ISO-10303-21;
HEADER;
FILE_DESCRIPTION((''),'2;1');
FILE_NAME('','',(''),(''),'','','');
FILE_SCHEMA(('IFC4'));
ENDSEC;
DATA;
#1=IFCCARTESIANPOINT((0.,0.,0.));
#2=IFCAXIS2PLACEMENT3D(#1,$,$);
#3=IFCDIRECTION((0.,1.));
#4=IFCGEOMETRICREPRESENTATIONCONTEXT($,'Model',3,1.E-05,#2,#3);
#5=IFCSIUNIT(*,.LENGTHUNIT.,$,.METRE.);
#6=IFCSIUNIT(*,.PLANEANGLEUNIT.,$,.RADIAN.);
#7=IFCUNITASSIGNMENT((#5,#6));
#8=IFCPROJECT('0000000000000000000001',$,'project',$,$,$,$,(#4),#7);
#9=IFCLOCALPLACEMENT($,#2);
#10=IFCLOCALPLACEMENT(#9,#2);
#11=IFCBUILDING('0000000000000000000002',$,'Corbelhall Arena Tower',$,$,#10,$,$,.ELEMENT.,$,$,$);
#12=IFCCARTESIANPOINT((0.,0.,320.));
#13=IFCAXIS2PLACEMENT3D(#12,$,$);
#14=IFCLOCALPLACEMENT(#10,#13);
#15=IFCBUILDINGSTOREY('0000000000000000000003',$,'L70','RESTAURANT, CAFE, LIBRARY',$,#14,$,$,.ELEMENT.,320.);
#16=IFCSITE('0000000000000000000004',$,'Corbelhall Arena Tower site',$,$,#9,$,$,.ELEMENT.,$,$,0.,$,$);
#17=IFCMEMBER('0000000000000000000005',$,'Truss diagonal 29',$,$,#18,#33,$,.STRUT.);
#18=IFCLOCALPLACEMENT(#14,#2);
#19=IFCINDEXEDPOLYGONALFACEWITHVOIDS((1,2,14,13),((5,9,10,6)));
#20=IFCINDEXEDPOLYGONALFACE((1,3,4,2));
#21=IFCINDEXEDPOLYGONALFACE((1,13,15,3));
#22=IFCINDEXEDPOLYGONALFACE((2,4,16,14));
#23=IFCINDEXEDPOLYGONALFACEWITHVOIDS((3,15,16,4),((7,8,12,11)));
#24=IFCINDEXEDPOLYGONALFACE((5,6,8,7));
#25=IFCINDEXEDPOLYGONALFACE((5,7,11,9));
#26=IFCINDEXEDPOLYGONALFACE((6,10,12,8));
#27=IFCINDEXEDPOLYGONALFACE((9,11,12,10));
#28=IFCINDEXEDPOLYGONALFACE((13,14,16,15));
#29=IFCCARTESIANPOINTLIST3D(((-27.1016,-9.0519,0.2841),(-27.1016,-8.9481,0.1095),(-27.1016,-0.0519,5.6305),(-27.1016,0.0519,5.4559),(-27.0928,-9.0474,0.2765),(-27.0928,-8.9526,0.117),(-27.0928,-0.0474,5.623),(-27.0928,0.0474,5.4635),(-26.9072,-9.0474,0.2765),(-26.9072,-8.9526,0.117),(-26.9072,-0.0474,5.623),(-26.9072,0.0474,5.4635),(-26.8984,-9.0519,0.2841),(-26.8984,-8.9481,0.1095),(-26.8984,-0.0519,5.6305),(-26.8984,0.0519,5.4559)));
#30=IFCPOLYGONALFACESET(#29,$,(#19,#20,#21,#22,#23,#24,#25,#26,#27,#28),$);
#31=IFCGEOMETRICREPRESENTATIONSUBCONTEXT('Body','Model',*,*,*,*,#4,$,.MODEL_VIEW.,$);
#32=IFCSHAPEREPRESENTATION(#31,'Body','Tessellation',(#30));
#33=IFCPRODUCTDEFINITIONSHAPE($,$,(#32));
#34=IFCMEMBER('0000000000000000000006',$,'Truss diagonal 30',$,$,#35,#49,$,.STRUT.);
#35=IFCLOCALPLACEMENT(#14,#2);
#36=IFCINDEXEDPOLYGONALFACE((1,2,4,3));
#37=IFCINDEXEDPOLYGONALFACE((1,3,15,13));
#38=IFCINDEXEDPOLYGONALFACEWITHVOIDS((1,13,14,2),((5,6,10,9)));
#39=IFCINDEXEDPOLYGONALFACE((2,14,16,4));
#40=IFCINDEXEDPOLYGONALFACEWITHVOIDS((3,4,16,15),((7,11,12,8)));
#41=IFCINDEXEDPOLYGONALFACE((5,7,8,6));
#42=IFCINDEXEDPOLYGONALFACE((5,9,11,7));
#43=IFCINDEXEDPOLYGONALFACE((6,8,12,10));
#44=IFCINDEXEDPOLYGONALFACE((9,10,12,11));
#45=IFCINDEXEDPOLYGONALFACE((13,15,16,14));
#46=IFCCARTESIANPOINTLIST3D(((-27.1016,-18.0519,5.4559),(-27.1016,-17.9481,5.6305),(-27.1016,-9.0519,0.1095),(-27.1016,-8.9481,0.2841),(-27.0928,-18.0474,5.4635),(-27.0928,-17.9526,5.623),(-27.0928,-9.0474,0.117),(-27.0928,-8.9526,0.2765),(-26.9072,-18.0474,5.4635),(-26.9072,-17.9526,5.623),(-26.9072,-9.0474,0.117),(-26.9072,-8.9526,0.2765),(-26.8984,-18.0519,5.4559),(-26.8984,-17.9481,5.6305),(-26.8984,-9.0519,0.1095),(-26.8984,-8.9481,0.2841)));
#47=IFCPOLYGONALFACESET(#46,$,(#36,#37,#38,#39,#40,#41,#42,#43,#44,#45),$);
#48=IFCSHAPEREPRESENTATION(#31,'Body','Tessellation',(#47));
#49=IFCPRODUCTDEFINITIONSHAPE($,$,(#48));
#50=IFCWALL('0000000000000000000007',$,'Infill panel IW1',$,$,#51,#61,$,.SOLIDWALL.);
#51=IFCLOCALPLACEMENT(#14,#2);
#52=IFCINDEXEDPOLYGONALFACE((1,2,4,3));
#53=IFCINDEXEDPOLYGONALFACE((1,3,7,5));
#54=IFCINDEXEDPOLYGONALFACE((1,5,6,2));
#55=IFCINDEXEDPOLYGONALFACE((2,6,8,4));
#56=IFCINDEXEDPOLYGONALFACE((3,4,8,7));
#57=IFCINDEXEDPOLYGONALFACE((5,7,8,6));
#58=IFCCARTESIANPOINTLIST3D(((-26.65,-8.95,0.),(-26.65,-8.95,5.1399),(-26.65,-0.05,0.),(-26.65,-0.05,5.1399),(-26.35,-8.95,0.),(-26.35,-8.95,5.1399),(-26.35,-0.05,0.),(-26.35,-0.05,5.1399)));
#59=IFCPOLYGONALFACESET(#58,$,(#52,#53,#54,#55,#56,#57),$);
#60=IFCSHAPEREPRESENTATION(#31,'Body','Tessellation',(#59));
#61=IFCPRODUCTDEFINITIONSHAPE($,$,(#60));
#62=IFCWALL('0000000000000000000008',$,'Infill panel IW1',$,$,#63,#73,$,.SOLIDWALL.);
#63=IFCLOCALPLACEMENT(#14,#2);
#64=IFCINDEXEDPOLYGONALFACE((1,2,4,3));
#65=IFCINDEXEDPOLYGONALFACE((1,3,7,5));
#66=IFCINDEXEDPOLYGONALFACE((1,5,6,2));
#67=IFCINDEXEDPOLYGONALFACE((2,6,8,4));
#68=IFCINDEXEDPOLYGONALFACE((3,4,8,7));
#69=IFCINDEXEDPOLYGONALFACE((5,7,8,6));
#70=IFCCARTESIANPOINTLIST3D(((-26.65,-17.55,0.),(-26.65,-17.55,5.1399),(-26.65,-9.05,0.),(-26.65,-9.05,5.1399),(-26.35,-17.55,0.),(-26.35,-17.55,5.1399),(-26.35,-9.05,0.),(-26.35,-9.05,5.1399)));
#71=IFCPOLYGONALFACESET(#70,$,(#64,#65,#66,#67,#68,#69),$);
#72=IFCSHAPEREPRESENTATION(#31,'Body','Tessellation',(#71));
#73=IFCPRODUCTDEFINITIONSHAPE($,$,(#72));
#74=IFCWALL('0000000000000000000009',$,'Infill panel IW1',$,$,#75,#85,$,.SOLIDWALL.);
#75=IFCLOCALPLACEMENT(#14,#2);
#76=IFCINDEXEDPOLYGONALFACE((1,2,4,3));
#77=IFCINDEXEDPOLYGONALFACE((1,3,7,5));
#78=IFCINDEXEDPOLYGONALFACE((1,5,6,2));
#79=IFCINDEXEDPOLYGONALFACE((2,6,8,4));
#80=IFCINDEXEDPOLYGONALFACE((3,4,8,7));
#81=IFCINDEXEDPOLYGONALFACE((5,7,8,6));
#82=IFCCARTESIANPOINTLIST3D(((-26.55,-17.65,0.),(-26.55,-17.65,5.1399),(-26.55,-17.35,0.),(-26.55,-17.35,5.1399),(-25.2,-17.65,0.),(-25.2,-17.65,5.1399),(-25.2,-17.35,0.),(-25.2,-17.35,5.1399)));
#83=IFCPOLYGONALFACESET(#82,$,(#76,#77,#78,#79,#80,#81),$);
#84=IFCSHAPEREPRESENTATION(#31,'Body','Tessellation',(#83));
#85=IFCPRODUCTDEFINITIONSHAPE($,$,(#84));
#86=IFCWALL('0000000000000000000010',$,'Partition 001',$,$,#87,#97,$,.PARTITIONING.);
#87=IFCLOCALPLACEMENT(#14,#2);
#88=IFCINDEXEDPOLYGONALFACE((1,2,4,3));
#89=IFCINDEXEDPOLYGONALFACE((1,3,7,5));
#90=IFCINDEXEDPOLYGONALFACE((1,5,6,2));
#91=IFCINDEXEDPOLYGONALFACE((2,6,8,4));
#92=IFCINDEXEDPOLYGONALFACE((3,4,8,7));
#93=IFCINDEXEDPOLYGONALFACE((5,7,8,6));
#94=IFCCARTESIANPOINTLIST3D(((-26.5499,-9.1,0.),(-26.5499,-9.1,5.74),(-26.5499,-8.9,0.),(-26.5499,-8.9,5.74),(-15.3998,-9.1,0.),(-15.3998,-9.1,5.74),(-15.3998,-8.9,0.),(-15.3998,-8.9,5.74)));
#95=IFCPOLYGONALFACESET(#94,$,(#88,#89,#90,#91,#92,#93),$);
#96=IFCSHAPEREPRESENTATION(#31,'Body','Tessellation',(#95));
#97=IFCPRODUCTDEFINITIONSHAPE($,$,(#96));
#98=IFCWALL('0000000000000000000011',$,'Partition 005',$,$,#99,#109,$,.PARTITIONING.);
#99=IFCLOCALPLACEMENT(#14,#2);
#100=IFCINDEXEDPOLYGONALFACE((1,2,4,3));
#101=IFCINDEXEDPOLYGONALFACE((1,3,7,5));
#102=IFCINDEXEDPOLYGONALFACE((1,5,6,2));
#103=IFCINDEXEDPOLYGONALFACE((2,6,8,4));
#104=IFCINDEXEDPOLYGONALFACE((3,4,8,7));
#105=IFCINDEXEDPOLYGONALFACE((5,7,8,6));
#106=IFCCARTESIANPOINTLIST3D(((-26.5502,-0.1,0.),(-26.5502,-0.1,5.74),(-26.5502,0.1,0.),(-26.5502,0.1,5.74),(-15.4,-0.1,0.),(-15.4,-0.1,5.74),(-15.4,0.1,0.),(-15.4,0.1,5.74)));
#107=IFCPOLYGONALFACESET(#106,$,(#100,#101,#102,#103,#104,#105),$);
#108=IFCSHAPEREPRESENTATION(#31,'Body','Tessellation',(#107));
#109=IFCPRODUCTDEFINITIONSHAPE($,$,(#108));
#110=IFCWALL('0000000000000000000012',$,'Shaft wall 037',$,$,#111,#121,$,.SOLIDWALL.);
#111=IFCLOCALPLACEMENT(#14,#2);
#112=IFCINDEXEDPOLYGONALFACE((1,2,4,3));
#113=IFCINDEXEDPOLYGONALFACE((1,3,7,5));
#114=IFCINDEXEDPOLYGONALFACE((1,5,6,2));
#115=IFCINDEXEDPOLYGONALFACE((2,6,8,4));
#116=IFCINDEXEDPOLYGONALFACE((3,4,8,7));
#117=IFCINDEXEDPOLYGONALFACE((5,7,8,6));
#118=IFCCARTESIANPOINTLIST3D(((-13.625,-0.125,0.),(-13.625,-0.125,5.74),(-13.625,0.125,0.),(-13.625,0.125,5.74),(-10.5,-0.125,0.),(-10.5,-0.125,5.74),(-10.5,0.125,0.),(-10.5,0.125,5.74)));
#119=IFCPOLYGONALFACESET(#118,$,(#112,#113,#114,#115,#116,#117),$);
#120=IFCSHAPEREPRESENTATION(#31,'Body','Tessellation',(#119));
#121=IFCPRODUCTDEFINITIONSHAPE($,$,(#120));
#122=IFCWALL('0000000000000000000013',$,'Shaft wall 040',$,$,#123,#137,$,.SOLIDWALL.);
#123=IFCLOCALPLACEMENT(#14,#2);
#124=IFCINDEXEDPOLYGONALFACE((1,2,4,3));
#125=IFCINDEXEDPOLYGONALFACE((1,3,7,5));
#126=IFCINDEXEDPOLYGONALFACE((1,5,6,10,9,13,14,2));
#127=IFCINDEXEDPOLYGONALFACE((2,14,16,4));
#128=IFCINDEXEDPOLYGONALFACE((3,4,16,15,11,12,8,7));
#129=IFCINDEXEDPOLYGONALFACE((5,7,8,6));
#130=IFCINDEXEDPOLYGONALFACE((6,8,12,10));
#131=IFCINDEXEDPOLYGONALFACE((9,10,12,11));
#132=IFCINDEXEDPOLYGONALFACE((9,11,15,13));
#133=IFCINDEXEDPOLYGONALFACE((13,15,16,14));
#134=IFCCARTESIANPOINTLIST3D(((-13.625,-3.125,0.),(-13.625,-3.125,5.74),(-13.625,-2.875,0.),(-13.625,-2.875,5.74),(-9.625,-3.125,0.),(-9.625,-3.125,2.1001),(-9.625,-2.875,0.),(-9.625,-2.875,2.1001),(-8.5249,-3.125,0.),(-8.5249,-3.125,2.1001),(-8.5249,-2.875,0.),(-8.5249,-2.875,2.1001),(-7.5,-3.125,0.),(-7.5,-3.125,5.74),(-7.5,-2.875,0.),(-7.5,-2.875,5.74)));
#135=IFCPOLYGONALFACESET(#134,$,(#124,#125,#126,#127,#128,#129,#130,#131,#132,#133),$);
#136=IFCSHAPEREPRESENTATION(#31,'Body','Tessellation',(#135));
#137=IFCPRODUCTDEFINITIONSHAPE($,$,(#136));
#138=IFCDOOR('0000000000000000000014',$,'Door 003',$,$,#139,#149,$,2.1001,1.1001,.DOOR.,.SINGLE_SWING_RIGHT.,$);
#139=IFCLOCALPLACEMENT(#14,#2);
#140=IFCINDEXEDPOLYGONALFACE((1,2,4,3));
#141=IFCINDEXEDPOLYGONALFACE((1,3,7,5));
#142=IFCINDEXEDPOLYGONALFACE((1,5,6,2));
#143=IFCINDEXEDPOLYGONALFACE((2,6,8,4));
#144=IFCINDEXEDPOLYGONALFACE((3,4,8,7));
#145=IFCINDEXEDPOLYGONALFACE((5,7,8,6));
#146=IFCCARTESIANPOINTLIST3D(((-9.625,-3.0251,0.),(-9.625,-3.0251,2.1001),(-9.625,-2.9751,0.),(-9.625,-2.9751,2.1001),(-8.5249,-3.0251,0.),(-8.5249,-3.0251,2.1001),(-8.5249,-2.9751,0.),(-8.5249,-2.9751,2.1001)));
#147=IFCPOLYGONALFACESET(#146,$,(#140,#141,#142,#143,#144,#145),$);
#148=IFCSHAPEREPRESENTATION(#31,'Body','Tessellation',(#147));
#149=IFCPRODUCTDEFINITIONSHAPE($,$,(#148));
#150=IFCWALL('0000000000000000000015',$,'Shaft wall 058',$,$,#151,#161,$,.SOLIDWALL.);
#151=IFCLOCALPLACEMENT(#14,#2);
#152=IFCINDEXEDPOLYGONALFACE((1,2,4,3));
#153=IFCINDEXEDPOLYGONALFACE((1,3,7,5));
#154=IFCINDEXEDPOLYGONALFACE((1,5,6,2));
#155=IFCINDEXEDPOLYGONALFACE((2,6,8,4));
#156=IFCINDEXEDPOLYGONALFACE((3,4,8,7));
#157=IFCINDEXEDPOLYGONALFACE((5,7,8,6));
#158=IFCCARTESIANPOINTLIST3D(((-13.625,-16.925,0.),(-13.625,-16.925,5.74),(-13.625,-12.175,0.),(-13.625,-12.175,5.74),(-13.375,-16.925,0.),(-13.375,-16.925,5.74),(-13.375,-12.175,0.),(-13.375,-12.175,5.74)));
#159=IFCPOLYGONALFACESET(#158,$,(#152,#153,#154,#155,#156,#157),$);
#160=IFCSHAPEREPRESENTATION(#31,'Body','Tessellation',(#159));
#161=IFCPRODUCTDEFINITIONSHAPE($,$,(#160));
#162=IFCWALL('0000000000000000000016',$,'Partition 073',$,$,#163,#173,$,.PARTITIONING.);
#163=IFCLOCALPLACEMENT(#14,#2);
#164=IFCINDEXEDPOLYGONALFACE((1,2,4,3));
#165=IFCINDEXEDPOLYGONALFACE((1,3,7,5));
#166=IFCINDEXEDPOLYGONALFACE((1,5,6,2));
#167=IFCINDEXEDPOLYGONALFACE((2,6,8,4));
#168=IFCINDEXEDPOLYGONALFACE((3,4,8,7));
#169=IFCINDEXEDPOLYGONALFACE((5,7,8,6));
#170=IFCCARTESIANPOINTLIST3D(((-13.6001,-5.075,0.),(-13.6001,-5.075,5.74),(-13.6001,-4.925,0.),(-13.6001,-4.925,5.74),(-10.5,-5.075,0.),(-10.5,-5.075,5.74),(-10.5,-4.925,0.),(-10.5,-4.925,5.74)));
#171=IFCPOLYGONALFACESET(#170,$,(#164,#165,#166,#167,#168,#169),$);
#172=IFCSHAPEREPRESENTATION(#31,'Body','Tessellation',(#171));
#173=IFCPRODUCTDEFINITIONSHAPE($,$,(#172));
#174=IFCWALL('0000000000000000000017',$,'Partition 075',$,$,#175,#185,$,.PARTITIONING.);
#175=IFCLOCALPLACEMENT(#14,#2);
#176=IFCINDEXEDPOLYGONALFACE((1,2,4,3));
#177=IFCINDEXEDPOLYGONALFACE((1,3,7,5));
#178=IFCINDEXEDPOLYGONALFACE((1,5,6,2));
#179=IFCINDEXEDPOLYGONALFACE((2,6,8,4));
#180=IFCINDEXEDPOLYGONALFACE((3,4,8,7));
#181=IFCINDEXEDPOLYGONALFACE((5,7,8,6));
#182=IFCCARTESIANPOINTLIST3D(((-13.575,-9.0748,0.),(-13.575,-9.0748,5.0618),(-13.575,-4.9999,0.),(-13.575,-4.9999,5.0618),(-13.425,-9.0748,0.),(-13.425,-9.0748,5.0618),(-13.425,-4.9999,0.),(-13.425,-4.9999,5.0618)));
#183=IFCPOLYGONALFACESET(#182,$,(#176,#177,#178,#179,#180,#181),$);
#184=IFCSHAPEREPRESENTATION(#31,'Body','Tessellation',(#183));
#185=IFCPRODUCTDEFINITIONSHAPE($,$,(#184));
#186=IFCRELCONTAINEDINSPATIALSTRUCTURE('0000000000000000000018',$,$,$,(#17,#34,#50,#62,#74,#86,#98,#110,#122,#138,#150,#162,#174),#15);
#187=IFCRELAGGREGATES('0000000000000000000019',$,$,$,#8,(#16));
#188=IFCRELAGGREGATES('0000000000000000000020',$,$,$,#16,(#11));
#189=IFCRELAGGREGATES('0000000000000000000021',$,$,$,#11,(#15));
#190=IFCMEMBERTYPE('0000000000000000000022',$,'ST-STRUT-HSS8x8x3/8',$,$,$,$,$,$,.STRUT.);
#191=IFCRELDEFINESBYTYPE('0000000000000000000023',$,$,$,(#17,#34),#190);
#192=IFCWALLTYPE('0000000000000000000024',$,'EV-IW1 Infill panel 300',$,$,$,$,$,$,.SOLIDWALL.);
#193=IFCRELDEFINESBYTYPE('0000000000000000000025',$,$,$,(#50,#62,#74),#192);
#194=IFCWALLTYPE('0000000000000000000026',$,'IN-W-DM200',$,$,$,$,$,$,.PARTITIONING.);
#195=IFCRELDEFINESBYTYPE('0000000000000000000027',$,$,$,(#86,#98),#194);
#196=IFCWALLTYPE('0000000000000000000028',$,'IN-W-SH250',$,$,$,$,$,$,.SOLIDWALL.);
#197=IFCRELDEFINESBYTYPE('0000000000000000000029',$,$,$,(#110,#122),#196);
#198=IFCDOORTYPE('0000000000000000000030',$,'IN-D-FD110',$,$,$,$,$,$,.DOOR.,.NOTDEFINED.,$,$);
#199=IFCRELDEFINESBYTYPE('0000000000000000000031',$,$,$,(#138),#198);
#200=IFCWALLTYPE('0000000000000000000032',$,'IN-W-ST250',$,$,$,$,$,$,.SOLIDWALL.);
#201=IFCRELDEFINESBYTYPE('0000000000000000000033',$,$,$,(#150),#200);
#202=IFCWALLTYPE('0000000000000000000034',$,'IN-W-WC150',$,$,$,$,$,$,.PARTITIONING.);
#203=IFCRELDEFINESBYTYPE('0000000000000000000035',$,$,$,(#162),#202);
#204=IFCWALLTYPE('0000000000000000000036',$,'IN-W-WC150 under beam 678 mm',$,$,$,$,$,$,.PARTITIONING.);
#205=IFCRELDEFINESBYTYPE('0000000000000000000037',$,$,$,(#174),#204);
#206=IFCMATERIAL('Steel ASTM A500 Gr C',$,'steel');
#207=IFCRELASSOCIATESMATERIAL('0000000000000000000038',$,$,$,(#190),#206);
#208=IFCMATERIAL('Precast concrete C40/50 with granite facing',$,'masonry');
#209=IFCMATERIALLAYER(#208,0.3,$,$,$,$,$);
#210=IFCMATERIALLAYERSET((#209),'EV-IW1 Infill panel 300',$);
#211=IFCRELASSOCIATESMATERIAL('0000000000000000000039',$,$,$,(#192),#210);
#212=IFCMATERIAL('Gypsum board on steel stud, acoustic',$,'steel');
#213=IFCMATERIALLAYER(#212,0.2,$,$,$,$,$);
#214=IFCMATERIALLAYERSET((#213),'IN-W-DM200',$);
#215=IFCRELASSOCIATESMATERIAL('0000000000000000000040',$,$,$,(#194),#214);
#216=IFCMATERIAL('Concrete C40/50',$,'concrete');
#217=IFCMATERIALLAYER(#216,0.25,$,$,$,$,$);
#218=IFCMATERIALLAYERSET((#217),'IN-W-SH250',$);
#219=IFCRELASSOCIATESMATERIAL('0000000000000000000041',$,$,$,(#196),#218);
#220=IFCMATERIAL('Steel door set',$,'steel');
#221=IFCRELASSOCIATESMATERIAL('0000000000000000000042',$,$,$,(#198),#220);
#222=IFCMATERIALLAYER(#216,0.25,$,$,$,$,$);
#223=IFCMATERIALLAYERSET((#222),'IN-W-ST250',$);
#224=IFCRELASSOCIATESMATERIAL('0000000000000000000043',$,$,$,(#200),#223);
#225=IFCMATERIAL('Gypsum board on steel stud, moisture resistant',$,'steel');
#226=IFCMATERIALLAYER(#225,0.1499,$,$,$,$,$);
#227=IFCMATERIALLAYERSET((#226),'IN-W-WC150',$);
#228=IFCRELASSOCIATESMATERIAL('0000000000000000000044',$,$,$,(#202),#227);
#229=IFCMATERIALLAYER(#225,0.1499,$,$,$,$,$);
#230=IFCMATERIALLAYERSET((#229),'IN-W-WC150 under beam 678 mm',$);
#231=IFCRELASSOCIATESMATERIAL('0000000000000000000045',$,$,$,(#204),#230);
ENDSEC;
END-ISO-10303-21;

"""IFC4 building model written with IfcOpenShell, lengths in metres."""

from ifc_helpers import new_model, si_unit, direction, frame, frame_2d, origin, origin_2d, place, context, subcontext, project, spatial, rectangle, hollow_rectangle, extrude, material, layer, layer_set, material_profile, profile_set, type_object, element, fill, save


model = new_model("IFC4")

# Units and contexts
model_context = context("Model", 3, precision=1e-05, world=origin(), true_north=direction((0.0, 1.0)))
body_context = subcontext(model_context, "Body", "Model", "MODEL_VIEW")
ifc_project = project(units=[si_unit("LENGTHUNIT", "METRE"), si_unit("PLANEANGLEUNIT", "RADIAN")], contexts=[model_context])

# Site, building, storey
site_placement = place(None, origin())
site = spatial("IfcSite", under=ifc_project, at=site_placement, Name="Corbelhall Arena Tower site", CompositionType="ELEMENT", RefElevation=0.0)
building_placement = place(site_placement, origin())
building = spatial("IfcBuilding", under=site, at=building_placement, Name="Corbelhall Arena Tower", CompositionType="ELEMENT")
storey_placement = place(building_placement, frame((0.0, 0.0, 320.0)))
storey = spatial("IfcBuildingStorey", under=building, at=storey_placement, Name="L70", Description="RESTAURANT, CAFE, LIBRARY", CompositionType="ELEMENT", Elevation=320.0)

# Members
ifc_material_1 = material(Name="Steel ASTM A500 Gr C", Category="steel")
ifc_material_profile_1 = material_profile(ifc_material_1, hollow_rectangle(XDim=0.2031, YDim=0.2031, WallThickness=0.0088, at=origin_2d()))
ifc_profile_set_1 = profile_set([ifc_material_profile_1], Name="Steel ASTM A500 Gr C")
member_type_1 = type_object("IfcMemberType", Name="ST-STRUT-HSS8x8x3/8", PredefinedType="STRUT", material=ifc_profile_set_1)
for number, where, z_axis, x_axis, name in (
    (1, (-27.0, -9.0, 0.1968), (0.0, 0.859742, 0.510728), (-1.0, 0.0, 0.0), "Truss diagonal 29"),
    (2, (-27.0, -9.0, 0.1968), (0.0, -0.859742, 0.510728), (1.0, 0.0, 0.0), "Truss diagonal 30"),
):
    element("IfcMember", number, at=place(storey_placement, frame(where, z_axis=z_axis, x_axis=x_axis)), inside=storey, type_object=member_type_1, Name=name, PredefinedType="STRUT", context=body_context, shape_type="SweptSolid", body=[
        extrude(hollow_rectangle(XDim=0.2031, YDim=0.2031, WallThickness=0.0088, at=origin_2d()), origin(), (0.0, 0.0, 1.0), 10.4683),
    ])

# Walls
ifc_material_2 = material(Name="Precast concrete C40/50 with granite facing", Category="masonry")
ifc_layer_1 = layer(ifc_material_2, 0.3)
ifc_layer_set_1 = layer_set([ifc_layer_1], Name="EV-IW1 Infill panel 300")
wall_type_1 = type_object("IfcWallType", Name="EV-IW1 Infill panel 300", PredefinedType="SOLIDWALL", material=ifc_layer_set_1)
wall_1_placement = place(storey_placement, frame((-26.5, -0.05, 0.0), z_axis=(0.0, 0.0, 1.0), x_axis=(0.0, -1.0, 0.0)))
element("IfcWall", 3, at=wall_1_placement, inside=storey, type_object=wall_type_1, Name="Infill panel IW1", PredefinedType="SOLIDWALL", context=body_context, shape_type="SweptSolid", body=[
    extrude(rectangle(XDim=8.8999, YDim=0.3, at=frame_2d((4.45, 0.0))), origin(), (0.0, 0.0, 1.0), 5.1399),
])
wall_2_placement = place(storey_placement, frame((-26.5, -9.05, 0.0), z_axis=(0.0, 0.0, 1.0), x_axis=(0.0, -1.0, 0.0)))
element("IfcWall", 4, at=wall_2_placement, inside=storey, type_object=wall_type_1, Name="Infill panel IW1", PredefinedType="SOLIDWALL", context=body_context, shape_type="SweptSolid", body=[
    extrude(rectangle(XDim=8.5, YDim=0.3, at=frame_2d((4.25, 0.0))), origin(), (0.0, 0.0, 1.0), 5.1399),
])
wall_3_placement = place(storey_placement, frame((-26.55, -17.5, 0.0), z_axis=(0.0, 0.0, 1.0), x_axis=(1.0, 0.0, 0.0)))
element("IfcWall", 5, at=wall_3_placement, inside=storey, type_object=wall_type_1, Name="Infill panel IW1", PredefinedType="SOLIDWALL", context=body_context, shape_type="SweptSolid", body=[
    extrude(rectangle(XDim=1.3501, YDim=0.3, at=frame_2d((0.675, 0.0))), origin(), (0.0, 0.0, 1.0), 5.1399),
])
ifc_material_3 = material(Name="Gypsum board on steel stud, acoustic", Category="steel")
ifc_layer_2 = layer(ifc_material_3, 0.2)
ifc_layer_set_2 = layer_set([ifc_layer_2], Name="IN-W-DM200")
wall_type_2 = type_object("IfcWallType", Name="IN-W-DM200", PredefinedType="PARTITIONING", material=ifc_layer_set_2)
for number, where, z_axis, x_axis, name in (
    (6, (-26.55, -9.0, 0.0), (0.0, 0.0, 1.0), (1.0, 0.0, 0.0), "Partition 001"),
    (7, (-15.3999, 0.0, 0.0), (0.0, 0.0, 1.0), (-1.0, 0.0, 0.0), "Partition 005"),
):
    element("IfcWall", number, at=place(storey_placement, frame(where, z_axis=z_axis, x_axis=x_axis)), inside=storey, type_object=wall_type_2, Name=name, PredefinedType="PARTITIONING", context=body_context, shape_type="SweptSolid", body=[
        extrude(rectangle(XDim=11.1501, YDim=0.2, at=frame_2d((5.5752, 0.0))), origin(), (0.0, 0.0, 1.0), 5.74),
    ])

# Shared definitions
ifc_material_4 = material(Name="Steel door set", Category="steel")

# Wall
ifc_material_5 = material(Name="Concrete C40/50", Category="concrete")
ifc_layer_3 = layer(ifc_material_5, 0.25)
ifc_layer_set_3 = layer_set([ifc_layer_3], Name="IN-W-SH250")
wall_type_3 = type_object("IfcWallType", Name="IN-W-SH250", PredefinedType="SOLIDWALL", material=ifc_layer_set_3)
wall_4_placement = place(storey_placement, frame((-13.625, 0.0, 0.0), z_axis=(0.0, 0.0, 1.0), x_axis=(1.0, 0.0, 0.0)))
element("IfcWall", 8, at=wall_4_placement, inside=storey, type_object=wall_type_3, Name="Shaft wall 037", PredefinedType="SOLIDWALL", context=body_context, shape_type="SweptSolid", body=[
    extrude(rectangle(XDim=3.125, YDim=0.25, at=frame_2d((1.5625, 0.0))), origin(), (0.0, 0.0, 1.0), 5.74),
])

# Wall, opening, door
wall_5_placement = place(storey_placement, frame((-13.625, -3.0, 0.0), z_axis=(0.0, 0.0, 1.0), x_axis=(1.0, 0.0, 0.0)))
wall_5 = element("IfcWall", 9, at=wall_5_placement, inside=storey, type_object=wall_type_3, Name="Shaft wall 040", PredefinedType="SOLIDWALL", context=body_context, shape_type="SweptSolid", body=[
    extrude(rectangle(XDim=6.125, YDim=0.25, at=frame_2d((3.0625, 0.0))), origin(), (0.0, 0.0, 1.0), 5.74),
])
opening_1_placement = place(wall_5_placement, frame((4.0, 0.0, 0.0)))
opening_1 = element("IfcOpeningElement", 10, at=opening_1_placement, cuts=wall_5, PredefinedType="OPENING", context=body_context, shape_type="SweptSolid", body=[
    extrude(rectangle(XDim=1.1001, YDim=2.1001, at=frame_2d((0.55, 1.05))), frame((0.0, 0.125, 0.0), z_axis=(0.0, -1.0, 0.0), x_axis=(1.0, 0.0, 0.0)), (0.0, 0.0, 1.0), 0.25),
])
door_type_1 = type_object("IfcDoorType", Name="IN-D-FD110", OperationType="NOTDEFINED", PredefinedType="DOOR", material=ifc_material_4)
door_1_placement = place(opening_1_placement, origin())
door_1 = element("IfcDoor", 11, at=door_1_placement, inside=storey, type_object=door_type_1, Name="Door 003", OperationType="SINGLE_SWING_RIGHT", OverallHeight=2.1001, OverallWidth=1.1001, PredefinedType="DOOR", context=body_context, shape_type="SweptSolid", body=[
    extrude(rectangle(XDim=1.1001, YDim=2.1001, at=frame_2d((0.55, 1.05))), frame((0.0, 0.0249, 0.0), z_axis=(0.0, -1.0, 0.0), x_axis=(1.0, 0.0, 0.0)), (0.0, 0.0, 1.0), 0.05),
])
fill(opening_1, door_1)

# Walls
ifc_layer_4 = layer(ifc_material_5, 0.25)
ifc_layer_set_4 = layer_set([ifc_layer_4], Name="IN-W-ST250")
wall_type_4 = type_object("IfcWallType", Name="IN-W-ST250", PredefinedType="SOLIDWALL", material=ifc_layer_set_4)
wall_6_placement = place(storey_placement, frame((-13.5, -12.175, 0.0), z_axis=(0.0, 0.0, 1.0), x_axis=(0.0, -1.0, 0.0)))
element("IfcWall", 12, at=wall_6_placement, inside=storey, type_object=wall_type_4, Name="Shaft wall 058", PredefinedType="SOLIDWALL", context=body_context, shape_type="SweptSolid", body=[
    extrude(rectangle(XDim=4.75, YDim=0.25, at=frame_2d((2.375, 0.0))), origin(), (0.0, 0.0, 1.0), 5.74),
])
ifc_material_6 = material(Name="Gypsum board on steel stud, moisture resistant", Category="steel")
ifc_layer_5 = layer(ifc_material_6, 0.1499)
ifc_layer_set_5 = layer_set([ifc_layer_5], Name="IN-W-WC150")
wall_type_5 = type_object("IfcWallType", Name="IN-W-WC150", PredefinedType="PARTITIONING", material=ifc_layer_set_5)
wall_7_placement = place(storey_placement, frame((-13.6001, -5.0, 0.0), z_axis=(0.0, 0.0, 1.0), x_axis=(1.0, 0.0, 0.0)))
element("IfcWall", 13, at=wall_7_placement, inside=storey, type_object=wall_type_5, Name="Partition 073", PredefinedType="PARTITIONING", context=body_context, shape_type="SweptSolid", body=[
    extrude(rectangle(XDim=3.1001, YDim=0.1499, at=frame_2d((1.55, 0.0))), origin(), (0.0, 0.0, 1.0), 5.74),
])
ifc_layer_6 = layer(ifc_material_6, 0.1499)
ifc_layer_set_6 = layer_set([ifc_layer_6], Name="IN-W-WC150 under beam 678 mm")
wall_type_6 = type_object("IfcWallType", Name="IN-W-WC150 under beam 678 mm", PredefinedType="PARTITIONING", material=ifc_layer_set_6)
wall_8_placement = place(storey_placement, frame((-13.5, -9.075, 0.0), z_axis=(0.0, 0.0, 1.0), x_axis=(0.0, 1.0, 0.0)))
element("IfcWall", 14, at=wall_8_placement, inside=storey, type_object=wall_type_6, Name="Partition 075", PredefinedType="PARTITIONING", context=body_context, shape_type="SweptSolid", body=[
    extrude(rectangle(XDim=4.075, YDim=0.1499, at=frame_2d((2.0376, 0.0))), origin(), (0.0, 0.0, 1.0), 5.0618),
])

save(model, "model.ifc")
